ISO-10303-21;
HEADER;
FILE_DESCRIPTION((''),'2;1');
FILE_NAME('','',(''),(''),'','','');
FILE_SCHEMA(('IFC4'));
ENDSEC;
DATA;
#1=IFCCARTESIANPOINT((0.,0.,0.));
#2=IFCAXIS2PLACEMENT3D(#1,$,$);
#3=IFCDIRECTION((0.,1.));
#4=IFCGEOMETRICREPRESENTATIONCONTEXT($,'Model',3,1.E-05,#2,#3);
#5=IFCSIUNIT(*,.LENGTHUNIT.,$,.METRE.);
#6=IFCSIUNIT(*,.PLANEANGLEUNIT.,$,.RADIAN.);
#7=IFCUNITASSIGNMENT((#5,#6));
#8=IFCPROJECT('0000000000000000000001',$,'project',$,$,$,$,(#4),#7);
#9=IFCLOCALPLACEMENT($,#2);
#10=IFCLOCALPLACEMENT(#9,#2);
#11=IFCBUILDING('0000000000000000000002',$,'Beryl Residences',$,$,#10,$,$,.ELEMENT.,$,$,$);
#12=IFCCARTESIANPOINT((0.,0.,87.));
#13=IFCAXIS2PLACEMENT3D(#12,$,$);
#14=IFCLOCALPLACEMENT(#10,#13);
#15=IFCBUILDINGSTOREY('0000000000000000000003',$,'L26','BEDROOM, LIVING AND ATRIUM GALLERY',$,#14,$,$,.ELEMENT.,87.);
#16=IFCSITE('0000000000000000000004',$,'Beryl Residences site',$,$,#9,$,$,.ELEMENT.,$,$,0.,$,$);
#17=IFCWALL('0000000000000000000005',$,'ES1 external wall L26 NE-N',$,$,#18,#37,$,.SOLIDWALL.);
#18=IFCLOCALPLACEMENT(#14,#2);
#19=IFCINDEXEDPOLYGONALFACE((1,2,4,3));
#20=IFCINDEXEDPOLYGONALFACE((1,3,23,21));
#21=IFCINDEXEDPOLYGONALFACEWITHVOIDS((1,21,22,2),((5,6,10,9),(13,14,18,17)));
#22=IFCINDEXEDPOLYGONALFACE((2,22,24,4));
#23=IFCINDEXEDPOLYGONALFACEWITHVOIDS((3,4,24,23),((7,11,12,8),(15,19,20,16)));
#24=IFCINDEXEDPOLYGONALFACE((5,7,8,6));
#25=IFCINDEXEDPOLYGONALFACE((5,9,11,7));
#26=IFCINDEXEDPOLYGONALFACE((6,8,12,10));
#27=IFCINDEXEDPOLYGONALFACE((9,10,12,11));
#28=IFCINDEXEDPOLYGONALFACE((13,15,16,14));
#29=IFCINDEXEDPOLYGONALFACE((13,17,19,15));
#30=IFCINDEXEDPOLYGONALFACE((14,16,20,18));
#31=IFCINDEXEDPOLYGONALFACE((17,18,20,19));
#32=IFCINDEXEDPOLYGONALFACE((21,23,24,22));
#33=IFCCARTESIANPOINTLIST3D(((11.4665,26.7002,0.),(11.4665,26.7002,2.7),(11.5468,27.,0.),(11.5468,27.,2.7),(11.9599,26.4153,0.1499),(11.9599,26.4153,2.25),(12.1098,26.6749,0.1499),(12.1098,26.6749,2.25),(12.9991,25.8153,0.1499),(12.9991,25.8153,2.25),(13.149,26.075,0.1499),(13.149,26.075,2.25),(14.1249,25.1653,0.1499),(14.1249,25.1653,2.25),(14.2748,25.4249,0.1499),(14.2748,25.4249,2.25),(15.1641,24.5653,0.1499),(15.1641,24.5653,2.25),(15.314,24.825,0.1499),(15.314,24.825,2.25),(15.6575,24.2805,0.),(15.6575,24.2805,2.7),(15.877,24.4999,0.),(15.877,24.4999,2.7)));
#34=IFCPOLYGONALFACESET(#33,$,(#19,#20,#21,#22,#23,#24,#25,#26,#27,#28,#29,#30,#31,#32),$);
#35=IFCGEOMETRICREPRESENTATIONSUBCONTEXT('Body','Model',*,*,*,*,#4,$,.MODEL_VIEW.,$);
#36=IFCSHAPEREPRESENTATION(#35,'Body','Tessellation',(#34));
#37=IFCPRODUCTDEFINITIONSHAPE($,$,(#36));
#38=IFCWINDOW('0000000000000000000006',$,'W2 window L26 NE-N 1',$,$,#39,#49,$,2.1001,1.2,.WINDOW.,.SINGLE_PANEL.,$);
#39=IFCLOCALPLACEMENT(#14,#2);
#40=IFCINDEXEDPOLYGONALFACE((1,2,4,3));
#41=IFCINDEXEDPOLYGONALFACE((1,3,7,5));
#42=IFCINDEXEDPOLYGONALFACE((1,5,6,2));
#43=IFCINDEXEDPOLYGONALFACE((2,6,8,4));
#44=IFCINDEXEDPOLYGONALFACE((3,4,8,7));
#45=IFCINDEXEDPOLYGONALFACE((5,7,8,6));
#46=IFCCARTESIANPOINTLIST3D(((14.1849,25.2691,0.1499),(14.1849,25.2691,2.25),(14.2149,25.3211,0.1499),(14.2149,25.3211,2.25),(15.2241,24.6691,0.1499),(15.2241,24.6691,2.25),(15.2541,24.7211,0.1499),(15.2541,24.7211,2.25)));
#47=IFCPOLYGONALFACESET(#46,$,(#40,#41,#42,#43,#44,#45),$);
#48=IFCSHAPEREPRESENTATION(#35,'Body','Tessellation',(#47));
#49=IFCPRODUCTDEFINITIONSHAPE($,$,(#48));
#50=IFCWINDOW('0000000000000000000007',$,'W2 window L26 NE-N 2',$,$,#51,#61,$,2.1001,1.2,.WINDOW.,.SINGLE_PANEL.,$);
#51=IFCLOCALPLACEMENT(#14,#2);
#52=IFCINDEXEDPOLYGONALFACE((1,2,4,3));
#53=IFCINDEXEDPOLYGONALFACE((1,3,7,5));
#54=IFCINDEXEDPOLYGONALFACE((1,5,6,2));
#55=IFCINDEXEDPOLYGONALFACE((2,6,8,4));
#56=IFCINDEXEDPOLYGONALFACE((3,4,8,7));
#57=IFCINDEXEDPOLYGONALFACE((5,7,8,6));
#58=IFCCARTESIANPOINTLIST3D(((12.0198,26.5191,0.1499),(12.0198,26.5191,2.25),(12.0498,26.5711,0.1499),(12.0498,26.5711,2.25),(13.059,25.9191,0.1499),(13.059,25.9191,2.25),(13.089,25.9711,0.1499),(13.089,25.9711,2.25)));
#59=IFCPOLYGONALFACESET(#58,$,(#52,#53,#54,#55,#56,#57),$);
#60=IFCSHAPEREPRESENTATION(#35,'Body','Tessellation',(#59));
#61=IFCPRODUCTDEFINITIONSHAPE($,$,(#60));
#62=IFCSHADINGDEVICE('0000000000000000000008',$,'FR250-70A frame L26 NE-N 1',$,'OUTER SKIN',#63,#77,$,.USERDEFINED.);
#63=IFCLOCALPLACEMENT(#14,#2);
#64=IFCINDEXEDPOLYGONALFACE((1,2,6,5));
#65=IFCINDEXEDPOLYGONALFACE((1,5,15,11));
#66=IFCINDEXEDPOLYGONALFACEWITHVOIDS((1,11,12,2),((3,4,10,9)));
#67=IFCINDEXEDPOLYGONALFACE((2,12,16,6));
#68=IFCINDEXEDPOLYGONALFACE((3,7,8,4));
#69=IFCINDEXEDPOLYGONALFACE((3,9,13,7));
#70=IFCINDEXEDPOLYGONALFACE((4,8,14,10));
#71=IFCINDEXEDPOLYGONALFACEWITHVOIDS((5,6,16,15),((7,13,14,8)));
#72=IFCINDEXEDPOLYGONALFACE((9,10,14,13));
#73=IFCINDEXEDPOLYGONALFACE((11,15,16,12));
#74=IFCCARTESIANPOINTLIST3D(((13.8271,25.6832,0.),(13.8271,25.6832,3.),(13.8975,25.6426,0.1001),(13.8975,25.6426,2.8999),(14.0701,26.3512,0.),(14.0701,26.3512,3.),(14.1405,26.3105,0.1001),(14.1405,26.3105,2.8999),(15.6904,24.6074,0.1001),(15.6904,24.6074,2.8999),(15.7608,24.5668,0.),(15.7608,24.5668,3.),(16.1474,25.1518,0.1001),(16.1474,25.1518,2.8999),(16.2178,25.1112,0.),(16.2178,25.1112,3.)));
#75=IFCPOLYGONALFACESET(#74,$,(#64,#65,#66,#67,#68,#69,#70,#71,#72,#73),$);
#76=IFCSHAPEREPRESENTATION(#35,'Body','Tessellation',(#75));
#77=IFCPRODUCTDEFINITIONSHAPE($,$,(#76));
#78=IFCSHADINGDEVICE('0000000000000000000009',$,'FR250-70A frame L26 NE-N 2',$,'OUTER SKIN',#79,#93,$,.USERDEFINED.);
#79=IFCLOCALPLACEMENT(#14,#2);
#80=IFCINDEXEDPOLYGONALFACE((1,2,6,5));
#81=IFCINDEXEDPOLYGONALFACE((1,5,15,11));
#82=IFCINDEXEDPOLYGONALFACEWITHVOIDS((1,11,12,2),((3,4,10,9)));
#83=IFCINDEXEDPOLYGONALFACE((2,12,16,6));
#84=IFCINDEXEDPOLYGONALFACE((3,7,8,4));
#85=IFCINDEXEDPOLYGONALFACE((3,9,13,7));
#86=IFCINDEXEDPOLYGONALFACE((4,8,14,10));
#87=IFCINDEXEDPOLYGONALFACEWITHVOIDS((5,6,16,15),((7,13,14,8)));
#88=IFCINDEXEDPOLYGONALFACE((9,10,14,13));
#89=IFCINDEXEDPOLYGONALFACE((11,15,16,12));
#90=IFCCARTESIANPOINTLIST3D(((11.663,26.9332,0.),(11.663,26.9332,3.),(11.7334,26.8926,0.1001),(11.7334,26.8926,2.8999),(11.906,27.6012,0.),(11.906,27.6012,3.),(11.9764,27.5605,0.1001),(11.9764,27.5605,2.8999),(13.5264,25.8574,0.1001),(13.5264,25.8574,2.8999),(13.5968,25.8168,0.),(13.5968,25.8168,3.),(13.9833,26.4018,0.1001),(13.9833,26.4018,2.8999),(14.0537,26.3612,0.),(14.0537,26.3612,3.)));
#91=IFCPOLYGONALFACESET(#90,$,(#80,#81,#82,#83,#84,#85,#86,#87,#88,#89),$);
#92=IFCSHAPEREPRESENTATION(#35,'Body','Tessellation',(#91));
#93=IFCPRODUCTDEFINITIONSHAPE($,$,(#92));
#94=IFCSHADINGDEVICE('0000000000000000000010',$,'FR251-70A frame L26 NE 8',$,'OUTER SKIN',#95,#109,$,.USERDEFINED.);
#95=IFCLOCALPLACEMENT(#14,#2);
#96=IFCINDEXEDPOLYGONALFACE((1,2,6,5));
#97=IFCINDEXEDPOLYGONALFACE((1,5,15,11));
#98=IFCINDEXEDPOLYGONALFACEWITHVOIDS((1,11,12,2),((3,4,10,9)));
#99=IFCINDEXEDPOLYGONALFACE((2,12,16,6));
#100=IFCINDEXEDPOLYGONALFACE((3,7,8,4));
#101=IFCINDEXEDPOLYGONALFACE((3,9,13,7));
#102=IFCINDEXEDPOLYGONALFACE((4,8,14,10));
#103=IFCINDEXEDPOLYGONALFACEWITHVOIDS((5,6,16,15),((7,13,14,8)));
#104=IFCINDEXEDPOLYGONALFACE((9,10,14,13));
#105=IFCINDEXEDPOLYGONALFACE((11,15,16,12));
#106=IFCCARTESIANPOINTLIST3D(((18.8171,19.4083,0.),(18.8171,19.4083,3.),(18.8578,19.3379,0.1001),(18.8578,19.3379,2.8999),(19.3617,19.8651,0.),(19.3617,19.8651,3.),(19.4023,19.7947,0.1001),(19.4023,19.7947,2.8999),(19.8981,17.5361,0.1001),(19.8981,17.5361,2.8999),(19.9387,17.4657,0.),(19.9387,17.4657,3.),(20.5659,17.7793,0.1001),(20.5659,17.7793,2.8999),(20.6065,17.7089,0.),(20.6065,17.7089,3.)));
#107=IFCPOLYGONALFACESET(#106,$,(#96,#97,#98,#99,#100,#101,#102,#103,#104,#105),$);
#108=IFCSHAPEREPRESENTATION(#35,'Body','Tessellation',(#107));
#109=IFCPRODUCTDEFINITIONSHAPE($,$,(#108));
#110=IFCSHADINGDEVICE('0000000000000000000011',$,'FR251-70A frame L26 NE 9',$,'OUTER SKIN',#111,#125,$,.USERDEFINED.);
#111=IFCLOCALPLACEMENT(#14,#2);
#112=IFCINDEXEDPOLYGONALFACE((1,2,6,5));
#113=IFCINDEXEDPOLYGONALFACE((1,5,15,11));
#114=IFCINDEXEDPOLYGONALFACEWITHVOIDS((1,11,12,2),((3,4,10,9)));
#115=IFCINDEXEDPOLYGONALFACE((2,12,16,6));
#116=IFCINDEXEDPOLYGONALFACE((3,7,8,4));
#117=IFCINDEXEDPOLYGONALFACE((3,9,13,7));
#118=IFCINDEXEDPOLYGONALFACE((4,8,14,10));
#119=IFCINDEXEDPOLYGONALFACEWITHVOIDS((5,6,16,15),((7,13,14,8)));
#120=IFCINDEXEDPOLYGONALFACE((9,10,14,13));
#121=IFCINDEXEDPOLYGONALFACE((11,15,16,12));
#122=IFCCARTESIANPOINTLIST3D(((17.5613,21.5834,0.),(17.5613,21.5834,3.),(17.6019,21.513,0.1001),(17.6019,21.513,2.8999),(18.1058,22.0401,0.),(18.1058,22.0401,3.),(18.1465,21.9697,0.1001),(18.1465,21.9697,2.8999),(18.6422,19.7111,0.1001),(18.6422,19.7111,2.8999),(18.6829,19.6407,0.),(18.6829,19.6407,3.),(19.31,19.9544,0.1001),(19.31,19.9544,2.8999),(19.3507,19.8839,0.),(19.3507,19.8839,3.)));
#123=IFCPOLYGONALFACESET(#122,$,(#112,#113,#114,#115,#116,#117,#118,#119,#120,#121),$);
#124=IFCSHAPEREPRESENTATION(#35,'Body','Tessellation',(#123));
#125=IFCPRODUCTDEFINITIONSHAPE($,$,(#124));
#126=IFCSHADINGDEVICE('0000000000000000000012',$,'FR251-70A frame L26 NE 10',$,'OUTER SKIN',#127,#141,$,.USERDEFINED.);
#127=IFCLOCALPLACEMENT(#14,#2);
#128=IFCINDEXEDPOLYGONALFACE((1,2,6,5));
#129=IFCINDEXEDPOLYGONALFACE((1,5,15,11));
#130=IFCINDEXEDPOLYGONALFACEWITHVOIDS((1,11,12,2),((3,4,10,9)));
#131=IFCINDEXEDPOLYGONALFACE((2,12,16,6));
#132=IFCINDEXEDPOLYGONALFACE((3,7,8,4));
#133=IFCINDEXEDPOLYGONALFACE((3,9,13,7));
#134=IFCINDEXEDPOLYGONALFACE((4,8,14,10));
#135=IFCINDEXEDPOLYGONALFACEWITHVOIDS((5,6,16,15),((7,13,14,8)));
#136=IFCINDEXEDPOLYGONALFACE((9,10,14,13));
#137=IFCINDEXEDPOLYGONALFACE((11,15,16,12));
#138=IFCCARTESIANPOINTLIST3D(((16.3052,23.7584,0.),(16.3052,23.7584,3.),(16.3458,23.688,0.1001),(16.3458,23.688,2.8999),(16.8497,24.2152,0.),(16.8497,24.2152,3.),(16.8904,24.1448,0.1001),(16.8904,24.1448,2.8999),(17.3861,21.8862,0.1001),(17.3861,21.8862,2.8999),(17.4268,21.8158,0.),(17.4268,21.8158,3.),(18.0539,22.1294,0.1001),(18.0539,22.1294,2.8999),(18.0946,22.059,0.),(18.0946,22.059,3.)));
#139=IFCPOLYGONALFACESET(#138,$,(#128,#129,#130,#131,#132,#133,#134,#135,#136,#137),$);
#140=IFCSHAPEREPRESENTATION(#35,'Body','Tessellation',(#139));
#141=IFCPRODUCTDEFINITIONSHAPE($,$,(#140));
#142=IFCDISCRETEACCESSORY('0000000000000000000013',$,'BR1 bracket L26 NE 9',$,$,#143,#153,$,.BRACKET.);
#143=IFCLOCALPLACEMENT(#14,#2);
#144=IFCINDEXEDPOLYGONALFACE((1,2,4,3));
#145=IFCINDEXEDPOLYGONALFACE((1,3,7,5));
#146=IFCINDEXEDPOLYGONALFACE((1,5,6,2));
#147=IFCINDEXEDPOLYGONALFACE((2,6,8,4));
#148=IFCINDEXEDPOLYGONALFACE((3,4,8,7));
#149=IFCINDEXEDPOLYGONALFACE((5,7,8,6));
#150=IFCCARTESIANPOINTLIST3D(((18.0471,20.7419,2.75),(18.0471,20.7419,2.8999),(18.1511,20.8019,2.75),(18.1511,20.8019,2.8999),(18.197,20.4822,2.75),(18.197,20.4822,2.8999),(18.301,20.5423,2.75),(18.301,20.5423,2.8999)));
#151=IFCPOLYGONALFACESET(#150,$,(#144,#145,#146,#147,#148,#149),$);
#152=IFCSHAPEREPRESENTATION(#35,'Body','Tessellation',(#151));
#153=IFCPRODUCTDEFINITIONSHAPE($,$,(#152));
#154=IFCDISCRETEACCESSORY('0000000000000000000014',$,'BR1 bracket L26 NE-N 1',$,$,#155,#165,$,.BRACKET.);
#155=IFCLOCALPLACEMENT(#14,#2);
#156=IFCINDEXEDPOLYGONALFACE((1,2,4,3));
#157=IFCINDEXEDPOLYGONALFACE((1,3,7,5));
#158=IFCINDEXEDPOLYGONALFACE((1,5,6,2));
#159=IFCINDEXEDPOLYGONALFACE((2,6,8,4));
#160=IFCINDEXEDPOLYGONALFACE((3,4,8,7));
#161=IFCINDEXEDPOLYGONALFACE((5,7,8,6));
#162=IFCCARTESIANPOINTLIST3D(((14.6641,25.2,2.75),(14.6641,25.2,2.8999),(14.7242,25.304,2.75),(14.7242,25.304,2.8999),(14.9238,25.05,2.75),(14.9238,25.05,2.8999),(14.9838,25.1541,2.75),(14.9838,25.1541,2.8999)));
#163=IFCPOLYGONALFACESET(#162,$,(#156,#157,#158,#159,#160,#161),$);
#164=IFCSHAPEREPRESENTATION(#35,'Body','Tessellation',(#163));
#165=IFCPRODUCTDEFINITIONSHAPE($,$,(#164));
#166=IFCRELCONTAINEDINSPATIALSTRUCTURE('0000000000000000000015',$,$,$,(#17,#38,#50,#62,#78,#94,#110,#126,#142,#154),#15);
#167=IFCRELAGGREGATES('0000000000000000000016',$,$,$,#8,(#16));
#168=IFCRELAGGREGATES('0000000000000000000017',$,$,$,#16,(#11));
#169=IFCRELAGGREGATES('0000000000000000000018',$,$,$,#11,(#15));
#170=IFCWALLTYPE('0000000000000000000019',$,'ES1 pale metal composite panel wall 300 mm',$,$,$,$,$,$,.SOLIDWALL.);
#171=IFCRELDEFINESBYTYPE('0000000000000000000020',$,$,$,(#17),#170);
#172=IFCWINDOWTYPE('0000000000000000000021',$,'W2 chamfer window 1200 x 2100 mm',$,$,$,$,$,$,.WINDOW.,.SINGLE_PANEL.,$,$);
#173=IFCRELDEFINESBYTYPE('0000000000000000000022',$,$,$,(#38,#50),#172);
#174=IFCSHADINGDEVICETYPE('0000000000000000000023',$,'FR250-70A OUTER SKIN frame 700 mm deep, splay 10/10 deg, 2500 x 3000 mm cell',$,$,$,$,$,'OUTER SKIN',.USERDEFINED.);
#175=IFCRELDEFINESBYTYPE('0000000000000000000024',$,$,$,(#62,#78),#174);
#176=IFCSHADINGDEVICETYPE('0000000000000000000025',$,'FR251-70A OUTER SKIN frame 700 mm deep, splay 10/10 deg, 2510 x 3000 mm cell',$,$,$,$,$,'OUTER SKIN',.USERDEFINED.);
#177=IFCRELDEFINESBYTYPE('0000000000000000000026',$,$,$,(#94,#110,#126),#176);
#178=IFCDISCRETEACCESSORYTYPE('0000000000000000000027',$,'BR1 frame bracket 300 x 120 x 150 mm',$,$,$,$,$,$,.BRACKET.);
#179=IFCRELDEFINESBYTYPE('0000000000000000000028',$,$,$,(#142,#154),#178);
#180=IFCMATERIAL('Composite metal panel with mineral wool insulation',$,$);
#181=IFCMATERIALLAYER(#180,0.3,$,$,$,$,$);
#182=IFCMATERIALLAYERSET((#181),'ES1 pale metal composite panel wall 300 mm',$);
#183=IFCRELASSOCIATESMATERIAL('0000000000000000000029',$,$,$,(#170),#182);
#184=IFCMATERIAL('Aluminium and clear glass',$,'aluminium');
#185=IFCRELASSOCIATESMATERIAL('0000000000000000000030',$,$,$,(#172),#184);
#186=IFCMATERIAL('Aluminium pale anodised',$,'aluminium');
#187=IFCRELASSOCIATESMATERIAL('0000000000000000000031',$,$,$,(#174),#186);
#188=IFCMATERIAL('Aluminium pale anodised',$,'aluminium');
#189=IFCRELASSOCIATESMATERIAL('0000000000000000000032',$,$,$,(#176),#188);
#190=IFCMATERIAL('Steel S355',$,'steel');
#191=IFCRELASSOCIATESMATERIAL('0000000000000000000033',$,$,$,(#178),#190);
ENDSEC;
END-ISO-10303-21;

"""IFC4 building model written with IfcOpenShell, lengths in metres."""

from ifc_helpers import new_model, entity, si_unit, direction, frame, frame_2d, origin, place, context, subcontext, project, spatial, polyline, rectangle, outline, extrude, source, transform, mapped, material, layer, layer_set, type_object, type_shapes, element, fill, save


model = new_model("IFC4")

# Units and contexts
model_context = context("Model", 3, precision=1e-05, world=origin(), true_north=direction((0.0, 1.0)))
body_context = subcontext(model_context, "Body", "Model", "MODEL_VIEW")
ifc_project = project(units=[si_unit("LENGTHUNIT", "METRE"), si_unit("PLANEANGLEUNIT", "RADIAN")], contexts=[model_context])

# Site, building, storey
site_placement = place(None, origin())
site = spatial("IfcSite", under=ifc_project, at=site_placement, Name="Beryl Residences site", CompositionType="ELEMENT", RefElevation=0.0)
building_placement = place(site_placement, origin())
building = spatial("IfcBuilding", under=site, at=building_placement, Name="Beryl Residences", CompositionType="ELEMENT")
storey_placement = place(building_placement, frame((0.0, 0.0, 87.0)))
storey = spatial("IfcBuildingStorey", under=building, at=storey_placement, Name="L26", Description="BEDROOM, LIVING AND ATRIUM GALLERY", CompositionType="ELEMENT", Elevation=87.0)

# Wall, openings, windows
ifc_material_1 = material(Name="Composite metal panel with mineral wool insulation")
ifc_layer = layer(ifc_material_1, 0.3)
ifc_layer_set = layer_set([ifc_layer], Name="ES1 pale metal composite panel wall 300 mm")
wall_type = type_object("IfcWallType", Name="ES1 pale metal composite panel wall 300 mm", PredefinedType="SOLIDWALL", material=ifc_layer_set)
wall_1_placement = place(storey_placement, frame((15.802, 24.3701, 0.0), z_axis=(0.0, 0.0, 1.0), x_axis=(-0.866023, 0.500004, 0.0)))
wall_1 = element("IfcWall", 1, at=wall_1_placement, inside=storey, type_object=wall_type, Name="ES1 external wall L26 NE-N", PredefinedType="SOLIDWALL", context=body_context, shape_type="SweptSolid", body=[
    extrude(outline(polyline([(0.0, -0.1499), (5.0, -0.1499), (4.9197, 0.1499), (0.0803, 0.1499), (0.0, -0.1499)])), origin(), (0.0, 0.0, 1.0), 2.7),
])
opening_1_placement = place(wall_1_placement, frame((0.6499, 0.0, 0.1499)))
opening_1 = element("IfcOpeningElement", 2, at=opening_1_placement, cuts=wall_1, PredefinedType="OPENING", context=body_context, shape_type="SweptSolid", body=[
    extrude(rectangle(XDim=1.2, YDim=2.1001, at=frame_2d((0.6001, 1.05))), frame((0.0, 0.1599, 0.0), z_axis=(0.0, -1.0, 0.0), x_axis=(1.0, 0.0, 0.0)), (0.0, 0.0, 1.0), 0.3201),
])
opening_2_placement = place(wall_1_placement, frame((3.1499, 0.0, 0.1499)))
opening_2 = element("IfcOpeningElement", 3, at=opening_2_placement, cuts=wall_1, PredefinedType="OPENING", context=body_context, shape_type="SweptSolid", body=[
    extrude(rectangle(XDim=1.2, YDim=2.1001, at=frame_2d((0.6001, 1.05))), frame((0.0, 0.1599, 0.0), z_axis=(0.0, -1.0, 0.0), x_axis=(1.0, 0.0, 0.0)), (0.0, 0.0, 1.0), 0.3201),
])
ifc_material_2 = material(Name="Aluminium and clear glass", Category="aluminium")
window_type_1 = type_object("IfcWindowType", Name="W2 chamfer window 1200 x 2100 mm", PartitioningType="SINGLE_PANEL", PredefinedType="WINDOW", material=ifc_material_2)
window_1_placement = place(opening_1_placement, origin())
window_1 = element("IfcWindow", 4, at=window_1_placement, inside=storey, type_object=window_type_1, Name="W2 window L26 NE-N 1", OverallHeight=2.1001, OverallWidth=1.2, PartitioningType="SINGLE_PANEL", PredefinedType="WINDOW", context=body_context, shape_type="SweptSolid", body=[
    extrude(rectangle(XDim=1.2, YDim=2.1001, at=frame_2d((0.6001, 1.05))), frame((0.0, 0.03, 0.0), z_axis=(0.0, -1.0, 0.0), x_axis=(1.0, 0.0, 0.0)), (0.0, 0.0, 1.0), 0.0601),
])
fill(opening_1, window_1)
window_2_placement = place(opening_2_placement, origin())
window_2 = element("IfcWindow", 5, at=window_2_placement, inside=storey, type_object=window_type_1, Name="W2 window L26 NE-N 2", OverallHeight=2.1001, OverallWidth=1.2, PartitioningType="SINGLE_PANEL", PredefinedType="WINDOW", context=body_context, shape_type="SweptSolid", body=[
    extrude(rectangle(XDim=1.2, YDim=2.1001, at=frame_2d((0.6001, 1.05))), frame((0.0, 0.03, 0.0), z_axis=(0.0, -1.0, 0.0), x_axis=(1.0, 0.0, 0.0)), (0.0, 0.0, 1.0), 0.0601),
])
fill(opening_2, window_2)

# Shading devices
ifc_material_3 = material(Name="Aluminium pale anodised", Category="aluminium")
shading_device_type_1 = type_object("IfcShadingDeviceType", Name="FR250-70A OUTER SKIN frame 700 mm deep, splay 10/10 deg, 2500 x 3000 mm cell", ElementType="OUTER SKIN", PredefinedType="USERDEFINED", material=ifc_material_3)
cartesian_point_1 = entity("IfcCartesianPoint", [-1.1165, 0.0])
cartesian_point_2 = entity("IfcCartesianPoint", [-1.0352, 0.1001])
cartesian_point_3 = entity("IfcCartesianPoint", [-1.24, 0.0])
cartesian_point_4 = entity("IfcCartesianPoint", [-1.1587, 0.1001])
shared_shape_1 = source(origin(), body_context, "Body", "SweptSolid", [
    entity("IfcExtrudedAreaSolidTapered", entity("IfcArbitraryProfileDefWithVoids", "AREA", None, entity("IfcPolyline", [cartesian_point_1, entity("IfcCartesianPoint", [1.1165, 0.0]), entity("IfcCartesianPoint", [1.1165, 3.0]), entity("IfcCartesianPoint", [-1.1165, 3.0]), cartesian_point_1]), [entity("IfcPolyline", [cartesian_point_2, entity("IfcCartesianPoint", [1.0352, 0.1001]), entity("IfcCartesianPoint", [1.0352, 2.8999]), entity("IfcCartesianPoint", [-1.0352, 2.8999]), cartesian_point_2])]), entity("IfcAxis2Placement3D", entity("IfcCartesianPoint", [0.0, 0.0, 0.0]), entity("IfcDirection", [0.0, 1.0, 0.0]), entity("IfcDirection", [-1.0, 0.0, 0.0])), entity("IfcDirection", [0.0, 0.0, 1.0]), 0.7, entity("IfcArbitraryProfileDefWithVoids", "AREA", None, entity("IfcPolyline", [cartesian_point_3, entity("IfcCartesianPoint", [1.24, 0.0]), entity("IfcCartesianPoint", [1.24, 3.0]), entity("IfcCartesianPoint", [-1.24, 3.0]), cartesian_point_3]), [entity("IfcPolyline", [cartesian_point_4, entity("IfcCartesianPoint", [1.1587, 0.1001]), entity("IfcCartesianPoint", [1.1587, 2.8999]), entity("IfcCartesianPoint", [-1.1587, 2.8999]), cartesian_point_4])])),
])
type_shapes(shading_device_type_1, [shared_shape_1])
for number, where, z_axis, x_axis, name in (
    (6, (14.7939, 25.125, 0.0), (0.0, 0.0, 1.0), (0.866025, -0.5, 0.0), "FR250-70A frame L26 NE-N 1"),
    (7, (12.6299, 26.375, 0.0), (0.0, 0.0, 1.0), (0.866025, -0.5, 0.0), "FR250-70A frame L26 NE-N 2"),
):
    element("IfcShadingDevice", number, at=place(storey_placement, frame(where, z_axis=z_axis, x_axis=x_axis)), inside=storey, type_object=shading_device_type_1, Name=name, ObjectType="OUTER SKIN", PredefinedType="USERDEFINED", context=body_context, shape_type="MappedRepresentation", body=[
        mapped(shared_shape_1, transform((0.0, 0.0, 0.0))),
    ])
ifc_material_4 = material(Name="Aluminium pale anodised", Category="aluminium")
shading_device_type_2 = type_object("IfcShadingDeviceType", Name="FR251-70A OUTER SKIN frame 700 mm deep, splay 10/10 deg, 2510 x 3000 mm cell", ElementType="OUTER SKIN", PredefinedType="USERDEFINED", material=ifc_material_4)
cartesian_point_5 = entity("IfcCartesianPoint", [-1.1216, 0.0])
cartesian_point_6 = entity("IfcCartesianPoint", [-1.0403, 0.1001])
cartesian_point_7 = entity("IfcCartesianPoint", [-1.2449, 0.0])
cartesian_point_8 = entity("IfcCartesianPoint", [-1.1636, 0.1001])
shared_shape_2 = source(origin(), body_context, "Body", "SweptSolid", [
    entity("IfcExtrudedAreaSolidTapered", entity("IfcArbitraryProfileDefWithVoids", "AREA", None, entity("IfcPolyline", [cartesian_point_5, entity("IfcCartesianPoint", [1.1216, 0.0]), entity("IfcCartesianPoint", [1.1216, 3.0]), entity("IfcCartesianPoint", [-1.1216, 3.0]), cartesian_point_5]), [entity("IfcPolyline", [cartesian_point_6, entity("IfcCartesianPoint", [1.0403, 0.1001]), entity("IfcCartesianPoint", [1.0403, 2.8999]), entity("IfcCartesianPoint", [-1.0403, 2.8999]), cartesian_point_6])]), entity("IfcAxis2Placement3D", entity("IfcCartesianPoint", [0.0, 0.0, 0.0]), entity("IfcDirection", [0.0, 1.0, 0.0]), entity("IfcDirection", [-1.0, 0.0, 0.0])), entity("IfcDirection", [0.0, 0.0, 1.0]), 0.7, entity("IfcArbitraryProfileDefWithVoids", "AREA", None, entity("IfcPolyline", [cartesian_point_7, entity("IfcCartesianPoint", [1.2449, 0.0]), entity("IfcCartesianPoint", [1.2449, 3.0]), entity("IfcCartesianPoint", [-1.2449, 3.0]), cartesian_point_7]), [entity("IfcPolyline", [cartesian_point_8, entity("IfcCartesianPoint", [1.1636, 0.1001]), entity("IfcCartesianPoint", [1.1636, 2.8999]), entity("IfcCartesianPoint", [-1.1636, 2.8999]), cartesian_point_8])])),
])
type_shapes(shading_device_type_2, [shared_shape_2])
for number, where, z_axis, x_axis, name in (
    (8, (19.3779, 18.437, 0.0), (0.0, 0.0, 1.0), (0.5, -0.866025, 0.0), "FR251-70A frame L26 NE 8"),
    (9, (18.1221, 20.6121, 0.0), (0.0, 0.0, 1.0), (0.5, -0.866025, 0.0), "FR251-70A frame L26 NE 9"),
    (10, (16.866, 22.7871, 0.0), (0.0, 0.0, 1.0), (0.5, -0.866025, 0.0), "FR251-70A frame L26 NE 10"),
):
    element("IfcShadingDevice", number, at=place(storey_placement, frame(where, z_axis=z_axis, x_axis=x_axis)), inside=storey, type_object=shading_device_type_2, Name=name, ObjectType="OUTER SKIN", PredefinedType="USERDEFINED", context=body_context, shape_type="MappedRepresentation", body=[
        mapped(shared_shape_2, transform((0.0, 0.0, 0.0))),
    ])

# Discrete accessories
ifc_material_5 = material(Name="Steel S355", Category="steel")
discrete_accessory_type = type_object("IfcDiscreteAccessoryType", Name="BR1 frame bracket 300 x 120 x 150 mm", PredefinedType="BRACKET", material=ifc_material_5)
shared_shape_3 = source(origin(), body_context, "Body", "SweptSolid", [
    extrude(outline(polyline([(-0.1499, 0.0), (0.1499, 0.0), (0.1499, 0.1201), (-0.1499, 0.1201), (-0.1499, 0.0)])), origin(), (0.0, 0.0, 1.0), 0.1499),
])
type_shapes(discrete_accessory_type, [shared_shape_3])
for number, where, z_axis, x_axis, name in (
    (11, (18.1221, 20.6121, 2.75), (0.0, 0.0, 1.0), (0.5, -0.866025, 0.0), "BR1 bracket L26 NE 9"),
    (12, (14.7939, 25.125, 2.75), (0.0, 0.0, 1.0), (0.866025, -0.5, 0.0), "BR1 bracket L26 NE-N 1"),
):
    element("IfcDiscreteAccessory", number, at=place(storey_placement, frame(where, z_axis=z_axis, x_axis=x_axis)), inside=storey, type_object=discrete_accessory_type, Name=name, PredefinedType="BRACKET", context=body_context, shape_type="MappedRepresentation", body=[
        mapped(shared_shape_3, transform((0.0, 0.0, 0.0))),
    ])

save(model, "model.ifc")
